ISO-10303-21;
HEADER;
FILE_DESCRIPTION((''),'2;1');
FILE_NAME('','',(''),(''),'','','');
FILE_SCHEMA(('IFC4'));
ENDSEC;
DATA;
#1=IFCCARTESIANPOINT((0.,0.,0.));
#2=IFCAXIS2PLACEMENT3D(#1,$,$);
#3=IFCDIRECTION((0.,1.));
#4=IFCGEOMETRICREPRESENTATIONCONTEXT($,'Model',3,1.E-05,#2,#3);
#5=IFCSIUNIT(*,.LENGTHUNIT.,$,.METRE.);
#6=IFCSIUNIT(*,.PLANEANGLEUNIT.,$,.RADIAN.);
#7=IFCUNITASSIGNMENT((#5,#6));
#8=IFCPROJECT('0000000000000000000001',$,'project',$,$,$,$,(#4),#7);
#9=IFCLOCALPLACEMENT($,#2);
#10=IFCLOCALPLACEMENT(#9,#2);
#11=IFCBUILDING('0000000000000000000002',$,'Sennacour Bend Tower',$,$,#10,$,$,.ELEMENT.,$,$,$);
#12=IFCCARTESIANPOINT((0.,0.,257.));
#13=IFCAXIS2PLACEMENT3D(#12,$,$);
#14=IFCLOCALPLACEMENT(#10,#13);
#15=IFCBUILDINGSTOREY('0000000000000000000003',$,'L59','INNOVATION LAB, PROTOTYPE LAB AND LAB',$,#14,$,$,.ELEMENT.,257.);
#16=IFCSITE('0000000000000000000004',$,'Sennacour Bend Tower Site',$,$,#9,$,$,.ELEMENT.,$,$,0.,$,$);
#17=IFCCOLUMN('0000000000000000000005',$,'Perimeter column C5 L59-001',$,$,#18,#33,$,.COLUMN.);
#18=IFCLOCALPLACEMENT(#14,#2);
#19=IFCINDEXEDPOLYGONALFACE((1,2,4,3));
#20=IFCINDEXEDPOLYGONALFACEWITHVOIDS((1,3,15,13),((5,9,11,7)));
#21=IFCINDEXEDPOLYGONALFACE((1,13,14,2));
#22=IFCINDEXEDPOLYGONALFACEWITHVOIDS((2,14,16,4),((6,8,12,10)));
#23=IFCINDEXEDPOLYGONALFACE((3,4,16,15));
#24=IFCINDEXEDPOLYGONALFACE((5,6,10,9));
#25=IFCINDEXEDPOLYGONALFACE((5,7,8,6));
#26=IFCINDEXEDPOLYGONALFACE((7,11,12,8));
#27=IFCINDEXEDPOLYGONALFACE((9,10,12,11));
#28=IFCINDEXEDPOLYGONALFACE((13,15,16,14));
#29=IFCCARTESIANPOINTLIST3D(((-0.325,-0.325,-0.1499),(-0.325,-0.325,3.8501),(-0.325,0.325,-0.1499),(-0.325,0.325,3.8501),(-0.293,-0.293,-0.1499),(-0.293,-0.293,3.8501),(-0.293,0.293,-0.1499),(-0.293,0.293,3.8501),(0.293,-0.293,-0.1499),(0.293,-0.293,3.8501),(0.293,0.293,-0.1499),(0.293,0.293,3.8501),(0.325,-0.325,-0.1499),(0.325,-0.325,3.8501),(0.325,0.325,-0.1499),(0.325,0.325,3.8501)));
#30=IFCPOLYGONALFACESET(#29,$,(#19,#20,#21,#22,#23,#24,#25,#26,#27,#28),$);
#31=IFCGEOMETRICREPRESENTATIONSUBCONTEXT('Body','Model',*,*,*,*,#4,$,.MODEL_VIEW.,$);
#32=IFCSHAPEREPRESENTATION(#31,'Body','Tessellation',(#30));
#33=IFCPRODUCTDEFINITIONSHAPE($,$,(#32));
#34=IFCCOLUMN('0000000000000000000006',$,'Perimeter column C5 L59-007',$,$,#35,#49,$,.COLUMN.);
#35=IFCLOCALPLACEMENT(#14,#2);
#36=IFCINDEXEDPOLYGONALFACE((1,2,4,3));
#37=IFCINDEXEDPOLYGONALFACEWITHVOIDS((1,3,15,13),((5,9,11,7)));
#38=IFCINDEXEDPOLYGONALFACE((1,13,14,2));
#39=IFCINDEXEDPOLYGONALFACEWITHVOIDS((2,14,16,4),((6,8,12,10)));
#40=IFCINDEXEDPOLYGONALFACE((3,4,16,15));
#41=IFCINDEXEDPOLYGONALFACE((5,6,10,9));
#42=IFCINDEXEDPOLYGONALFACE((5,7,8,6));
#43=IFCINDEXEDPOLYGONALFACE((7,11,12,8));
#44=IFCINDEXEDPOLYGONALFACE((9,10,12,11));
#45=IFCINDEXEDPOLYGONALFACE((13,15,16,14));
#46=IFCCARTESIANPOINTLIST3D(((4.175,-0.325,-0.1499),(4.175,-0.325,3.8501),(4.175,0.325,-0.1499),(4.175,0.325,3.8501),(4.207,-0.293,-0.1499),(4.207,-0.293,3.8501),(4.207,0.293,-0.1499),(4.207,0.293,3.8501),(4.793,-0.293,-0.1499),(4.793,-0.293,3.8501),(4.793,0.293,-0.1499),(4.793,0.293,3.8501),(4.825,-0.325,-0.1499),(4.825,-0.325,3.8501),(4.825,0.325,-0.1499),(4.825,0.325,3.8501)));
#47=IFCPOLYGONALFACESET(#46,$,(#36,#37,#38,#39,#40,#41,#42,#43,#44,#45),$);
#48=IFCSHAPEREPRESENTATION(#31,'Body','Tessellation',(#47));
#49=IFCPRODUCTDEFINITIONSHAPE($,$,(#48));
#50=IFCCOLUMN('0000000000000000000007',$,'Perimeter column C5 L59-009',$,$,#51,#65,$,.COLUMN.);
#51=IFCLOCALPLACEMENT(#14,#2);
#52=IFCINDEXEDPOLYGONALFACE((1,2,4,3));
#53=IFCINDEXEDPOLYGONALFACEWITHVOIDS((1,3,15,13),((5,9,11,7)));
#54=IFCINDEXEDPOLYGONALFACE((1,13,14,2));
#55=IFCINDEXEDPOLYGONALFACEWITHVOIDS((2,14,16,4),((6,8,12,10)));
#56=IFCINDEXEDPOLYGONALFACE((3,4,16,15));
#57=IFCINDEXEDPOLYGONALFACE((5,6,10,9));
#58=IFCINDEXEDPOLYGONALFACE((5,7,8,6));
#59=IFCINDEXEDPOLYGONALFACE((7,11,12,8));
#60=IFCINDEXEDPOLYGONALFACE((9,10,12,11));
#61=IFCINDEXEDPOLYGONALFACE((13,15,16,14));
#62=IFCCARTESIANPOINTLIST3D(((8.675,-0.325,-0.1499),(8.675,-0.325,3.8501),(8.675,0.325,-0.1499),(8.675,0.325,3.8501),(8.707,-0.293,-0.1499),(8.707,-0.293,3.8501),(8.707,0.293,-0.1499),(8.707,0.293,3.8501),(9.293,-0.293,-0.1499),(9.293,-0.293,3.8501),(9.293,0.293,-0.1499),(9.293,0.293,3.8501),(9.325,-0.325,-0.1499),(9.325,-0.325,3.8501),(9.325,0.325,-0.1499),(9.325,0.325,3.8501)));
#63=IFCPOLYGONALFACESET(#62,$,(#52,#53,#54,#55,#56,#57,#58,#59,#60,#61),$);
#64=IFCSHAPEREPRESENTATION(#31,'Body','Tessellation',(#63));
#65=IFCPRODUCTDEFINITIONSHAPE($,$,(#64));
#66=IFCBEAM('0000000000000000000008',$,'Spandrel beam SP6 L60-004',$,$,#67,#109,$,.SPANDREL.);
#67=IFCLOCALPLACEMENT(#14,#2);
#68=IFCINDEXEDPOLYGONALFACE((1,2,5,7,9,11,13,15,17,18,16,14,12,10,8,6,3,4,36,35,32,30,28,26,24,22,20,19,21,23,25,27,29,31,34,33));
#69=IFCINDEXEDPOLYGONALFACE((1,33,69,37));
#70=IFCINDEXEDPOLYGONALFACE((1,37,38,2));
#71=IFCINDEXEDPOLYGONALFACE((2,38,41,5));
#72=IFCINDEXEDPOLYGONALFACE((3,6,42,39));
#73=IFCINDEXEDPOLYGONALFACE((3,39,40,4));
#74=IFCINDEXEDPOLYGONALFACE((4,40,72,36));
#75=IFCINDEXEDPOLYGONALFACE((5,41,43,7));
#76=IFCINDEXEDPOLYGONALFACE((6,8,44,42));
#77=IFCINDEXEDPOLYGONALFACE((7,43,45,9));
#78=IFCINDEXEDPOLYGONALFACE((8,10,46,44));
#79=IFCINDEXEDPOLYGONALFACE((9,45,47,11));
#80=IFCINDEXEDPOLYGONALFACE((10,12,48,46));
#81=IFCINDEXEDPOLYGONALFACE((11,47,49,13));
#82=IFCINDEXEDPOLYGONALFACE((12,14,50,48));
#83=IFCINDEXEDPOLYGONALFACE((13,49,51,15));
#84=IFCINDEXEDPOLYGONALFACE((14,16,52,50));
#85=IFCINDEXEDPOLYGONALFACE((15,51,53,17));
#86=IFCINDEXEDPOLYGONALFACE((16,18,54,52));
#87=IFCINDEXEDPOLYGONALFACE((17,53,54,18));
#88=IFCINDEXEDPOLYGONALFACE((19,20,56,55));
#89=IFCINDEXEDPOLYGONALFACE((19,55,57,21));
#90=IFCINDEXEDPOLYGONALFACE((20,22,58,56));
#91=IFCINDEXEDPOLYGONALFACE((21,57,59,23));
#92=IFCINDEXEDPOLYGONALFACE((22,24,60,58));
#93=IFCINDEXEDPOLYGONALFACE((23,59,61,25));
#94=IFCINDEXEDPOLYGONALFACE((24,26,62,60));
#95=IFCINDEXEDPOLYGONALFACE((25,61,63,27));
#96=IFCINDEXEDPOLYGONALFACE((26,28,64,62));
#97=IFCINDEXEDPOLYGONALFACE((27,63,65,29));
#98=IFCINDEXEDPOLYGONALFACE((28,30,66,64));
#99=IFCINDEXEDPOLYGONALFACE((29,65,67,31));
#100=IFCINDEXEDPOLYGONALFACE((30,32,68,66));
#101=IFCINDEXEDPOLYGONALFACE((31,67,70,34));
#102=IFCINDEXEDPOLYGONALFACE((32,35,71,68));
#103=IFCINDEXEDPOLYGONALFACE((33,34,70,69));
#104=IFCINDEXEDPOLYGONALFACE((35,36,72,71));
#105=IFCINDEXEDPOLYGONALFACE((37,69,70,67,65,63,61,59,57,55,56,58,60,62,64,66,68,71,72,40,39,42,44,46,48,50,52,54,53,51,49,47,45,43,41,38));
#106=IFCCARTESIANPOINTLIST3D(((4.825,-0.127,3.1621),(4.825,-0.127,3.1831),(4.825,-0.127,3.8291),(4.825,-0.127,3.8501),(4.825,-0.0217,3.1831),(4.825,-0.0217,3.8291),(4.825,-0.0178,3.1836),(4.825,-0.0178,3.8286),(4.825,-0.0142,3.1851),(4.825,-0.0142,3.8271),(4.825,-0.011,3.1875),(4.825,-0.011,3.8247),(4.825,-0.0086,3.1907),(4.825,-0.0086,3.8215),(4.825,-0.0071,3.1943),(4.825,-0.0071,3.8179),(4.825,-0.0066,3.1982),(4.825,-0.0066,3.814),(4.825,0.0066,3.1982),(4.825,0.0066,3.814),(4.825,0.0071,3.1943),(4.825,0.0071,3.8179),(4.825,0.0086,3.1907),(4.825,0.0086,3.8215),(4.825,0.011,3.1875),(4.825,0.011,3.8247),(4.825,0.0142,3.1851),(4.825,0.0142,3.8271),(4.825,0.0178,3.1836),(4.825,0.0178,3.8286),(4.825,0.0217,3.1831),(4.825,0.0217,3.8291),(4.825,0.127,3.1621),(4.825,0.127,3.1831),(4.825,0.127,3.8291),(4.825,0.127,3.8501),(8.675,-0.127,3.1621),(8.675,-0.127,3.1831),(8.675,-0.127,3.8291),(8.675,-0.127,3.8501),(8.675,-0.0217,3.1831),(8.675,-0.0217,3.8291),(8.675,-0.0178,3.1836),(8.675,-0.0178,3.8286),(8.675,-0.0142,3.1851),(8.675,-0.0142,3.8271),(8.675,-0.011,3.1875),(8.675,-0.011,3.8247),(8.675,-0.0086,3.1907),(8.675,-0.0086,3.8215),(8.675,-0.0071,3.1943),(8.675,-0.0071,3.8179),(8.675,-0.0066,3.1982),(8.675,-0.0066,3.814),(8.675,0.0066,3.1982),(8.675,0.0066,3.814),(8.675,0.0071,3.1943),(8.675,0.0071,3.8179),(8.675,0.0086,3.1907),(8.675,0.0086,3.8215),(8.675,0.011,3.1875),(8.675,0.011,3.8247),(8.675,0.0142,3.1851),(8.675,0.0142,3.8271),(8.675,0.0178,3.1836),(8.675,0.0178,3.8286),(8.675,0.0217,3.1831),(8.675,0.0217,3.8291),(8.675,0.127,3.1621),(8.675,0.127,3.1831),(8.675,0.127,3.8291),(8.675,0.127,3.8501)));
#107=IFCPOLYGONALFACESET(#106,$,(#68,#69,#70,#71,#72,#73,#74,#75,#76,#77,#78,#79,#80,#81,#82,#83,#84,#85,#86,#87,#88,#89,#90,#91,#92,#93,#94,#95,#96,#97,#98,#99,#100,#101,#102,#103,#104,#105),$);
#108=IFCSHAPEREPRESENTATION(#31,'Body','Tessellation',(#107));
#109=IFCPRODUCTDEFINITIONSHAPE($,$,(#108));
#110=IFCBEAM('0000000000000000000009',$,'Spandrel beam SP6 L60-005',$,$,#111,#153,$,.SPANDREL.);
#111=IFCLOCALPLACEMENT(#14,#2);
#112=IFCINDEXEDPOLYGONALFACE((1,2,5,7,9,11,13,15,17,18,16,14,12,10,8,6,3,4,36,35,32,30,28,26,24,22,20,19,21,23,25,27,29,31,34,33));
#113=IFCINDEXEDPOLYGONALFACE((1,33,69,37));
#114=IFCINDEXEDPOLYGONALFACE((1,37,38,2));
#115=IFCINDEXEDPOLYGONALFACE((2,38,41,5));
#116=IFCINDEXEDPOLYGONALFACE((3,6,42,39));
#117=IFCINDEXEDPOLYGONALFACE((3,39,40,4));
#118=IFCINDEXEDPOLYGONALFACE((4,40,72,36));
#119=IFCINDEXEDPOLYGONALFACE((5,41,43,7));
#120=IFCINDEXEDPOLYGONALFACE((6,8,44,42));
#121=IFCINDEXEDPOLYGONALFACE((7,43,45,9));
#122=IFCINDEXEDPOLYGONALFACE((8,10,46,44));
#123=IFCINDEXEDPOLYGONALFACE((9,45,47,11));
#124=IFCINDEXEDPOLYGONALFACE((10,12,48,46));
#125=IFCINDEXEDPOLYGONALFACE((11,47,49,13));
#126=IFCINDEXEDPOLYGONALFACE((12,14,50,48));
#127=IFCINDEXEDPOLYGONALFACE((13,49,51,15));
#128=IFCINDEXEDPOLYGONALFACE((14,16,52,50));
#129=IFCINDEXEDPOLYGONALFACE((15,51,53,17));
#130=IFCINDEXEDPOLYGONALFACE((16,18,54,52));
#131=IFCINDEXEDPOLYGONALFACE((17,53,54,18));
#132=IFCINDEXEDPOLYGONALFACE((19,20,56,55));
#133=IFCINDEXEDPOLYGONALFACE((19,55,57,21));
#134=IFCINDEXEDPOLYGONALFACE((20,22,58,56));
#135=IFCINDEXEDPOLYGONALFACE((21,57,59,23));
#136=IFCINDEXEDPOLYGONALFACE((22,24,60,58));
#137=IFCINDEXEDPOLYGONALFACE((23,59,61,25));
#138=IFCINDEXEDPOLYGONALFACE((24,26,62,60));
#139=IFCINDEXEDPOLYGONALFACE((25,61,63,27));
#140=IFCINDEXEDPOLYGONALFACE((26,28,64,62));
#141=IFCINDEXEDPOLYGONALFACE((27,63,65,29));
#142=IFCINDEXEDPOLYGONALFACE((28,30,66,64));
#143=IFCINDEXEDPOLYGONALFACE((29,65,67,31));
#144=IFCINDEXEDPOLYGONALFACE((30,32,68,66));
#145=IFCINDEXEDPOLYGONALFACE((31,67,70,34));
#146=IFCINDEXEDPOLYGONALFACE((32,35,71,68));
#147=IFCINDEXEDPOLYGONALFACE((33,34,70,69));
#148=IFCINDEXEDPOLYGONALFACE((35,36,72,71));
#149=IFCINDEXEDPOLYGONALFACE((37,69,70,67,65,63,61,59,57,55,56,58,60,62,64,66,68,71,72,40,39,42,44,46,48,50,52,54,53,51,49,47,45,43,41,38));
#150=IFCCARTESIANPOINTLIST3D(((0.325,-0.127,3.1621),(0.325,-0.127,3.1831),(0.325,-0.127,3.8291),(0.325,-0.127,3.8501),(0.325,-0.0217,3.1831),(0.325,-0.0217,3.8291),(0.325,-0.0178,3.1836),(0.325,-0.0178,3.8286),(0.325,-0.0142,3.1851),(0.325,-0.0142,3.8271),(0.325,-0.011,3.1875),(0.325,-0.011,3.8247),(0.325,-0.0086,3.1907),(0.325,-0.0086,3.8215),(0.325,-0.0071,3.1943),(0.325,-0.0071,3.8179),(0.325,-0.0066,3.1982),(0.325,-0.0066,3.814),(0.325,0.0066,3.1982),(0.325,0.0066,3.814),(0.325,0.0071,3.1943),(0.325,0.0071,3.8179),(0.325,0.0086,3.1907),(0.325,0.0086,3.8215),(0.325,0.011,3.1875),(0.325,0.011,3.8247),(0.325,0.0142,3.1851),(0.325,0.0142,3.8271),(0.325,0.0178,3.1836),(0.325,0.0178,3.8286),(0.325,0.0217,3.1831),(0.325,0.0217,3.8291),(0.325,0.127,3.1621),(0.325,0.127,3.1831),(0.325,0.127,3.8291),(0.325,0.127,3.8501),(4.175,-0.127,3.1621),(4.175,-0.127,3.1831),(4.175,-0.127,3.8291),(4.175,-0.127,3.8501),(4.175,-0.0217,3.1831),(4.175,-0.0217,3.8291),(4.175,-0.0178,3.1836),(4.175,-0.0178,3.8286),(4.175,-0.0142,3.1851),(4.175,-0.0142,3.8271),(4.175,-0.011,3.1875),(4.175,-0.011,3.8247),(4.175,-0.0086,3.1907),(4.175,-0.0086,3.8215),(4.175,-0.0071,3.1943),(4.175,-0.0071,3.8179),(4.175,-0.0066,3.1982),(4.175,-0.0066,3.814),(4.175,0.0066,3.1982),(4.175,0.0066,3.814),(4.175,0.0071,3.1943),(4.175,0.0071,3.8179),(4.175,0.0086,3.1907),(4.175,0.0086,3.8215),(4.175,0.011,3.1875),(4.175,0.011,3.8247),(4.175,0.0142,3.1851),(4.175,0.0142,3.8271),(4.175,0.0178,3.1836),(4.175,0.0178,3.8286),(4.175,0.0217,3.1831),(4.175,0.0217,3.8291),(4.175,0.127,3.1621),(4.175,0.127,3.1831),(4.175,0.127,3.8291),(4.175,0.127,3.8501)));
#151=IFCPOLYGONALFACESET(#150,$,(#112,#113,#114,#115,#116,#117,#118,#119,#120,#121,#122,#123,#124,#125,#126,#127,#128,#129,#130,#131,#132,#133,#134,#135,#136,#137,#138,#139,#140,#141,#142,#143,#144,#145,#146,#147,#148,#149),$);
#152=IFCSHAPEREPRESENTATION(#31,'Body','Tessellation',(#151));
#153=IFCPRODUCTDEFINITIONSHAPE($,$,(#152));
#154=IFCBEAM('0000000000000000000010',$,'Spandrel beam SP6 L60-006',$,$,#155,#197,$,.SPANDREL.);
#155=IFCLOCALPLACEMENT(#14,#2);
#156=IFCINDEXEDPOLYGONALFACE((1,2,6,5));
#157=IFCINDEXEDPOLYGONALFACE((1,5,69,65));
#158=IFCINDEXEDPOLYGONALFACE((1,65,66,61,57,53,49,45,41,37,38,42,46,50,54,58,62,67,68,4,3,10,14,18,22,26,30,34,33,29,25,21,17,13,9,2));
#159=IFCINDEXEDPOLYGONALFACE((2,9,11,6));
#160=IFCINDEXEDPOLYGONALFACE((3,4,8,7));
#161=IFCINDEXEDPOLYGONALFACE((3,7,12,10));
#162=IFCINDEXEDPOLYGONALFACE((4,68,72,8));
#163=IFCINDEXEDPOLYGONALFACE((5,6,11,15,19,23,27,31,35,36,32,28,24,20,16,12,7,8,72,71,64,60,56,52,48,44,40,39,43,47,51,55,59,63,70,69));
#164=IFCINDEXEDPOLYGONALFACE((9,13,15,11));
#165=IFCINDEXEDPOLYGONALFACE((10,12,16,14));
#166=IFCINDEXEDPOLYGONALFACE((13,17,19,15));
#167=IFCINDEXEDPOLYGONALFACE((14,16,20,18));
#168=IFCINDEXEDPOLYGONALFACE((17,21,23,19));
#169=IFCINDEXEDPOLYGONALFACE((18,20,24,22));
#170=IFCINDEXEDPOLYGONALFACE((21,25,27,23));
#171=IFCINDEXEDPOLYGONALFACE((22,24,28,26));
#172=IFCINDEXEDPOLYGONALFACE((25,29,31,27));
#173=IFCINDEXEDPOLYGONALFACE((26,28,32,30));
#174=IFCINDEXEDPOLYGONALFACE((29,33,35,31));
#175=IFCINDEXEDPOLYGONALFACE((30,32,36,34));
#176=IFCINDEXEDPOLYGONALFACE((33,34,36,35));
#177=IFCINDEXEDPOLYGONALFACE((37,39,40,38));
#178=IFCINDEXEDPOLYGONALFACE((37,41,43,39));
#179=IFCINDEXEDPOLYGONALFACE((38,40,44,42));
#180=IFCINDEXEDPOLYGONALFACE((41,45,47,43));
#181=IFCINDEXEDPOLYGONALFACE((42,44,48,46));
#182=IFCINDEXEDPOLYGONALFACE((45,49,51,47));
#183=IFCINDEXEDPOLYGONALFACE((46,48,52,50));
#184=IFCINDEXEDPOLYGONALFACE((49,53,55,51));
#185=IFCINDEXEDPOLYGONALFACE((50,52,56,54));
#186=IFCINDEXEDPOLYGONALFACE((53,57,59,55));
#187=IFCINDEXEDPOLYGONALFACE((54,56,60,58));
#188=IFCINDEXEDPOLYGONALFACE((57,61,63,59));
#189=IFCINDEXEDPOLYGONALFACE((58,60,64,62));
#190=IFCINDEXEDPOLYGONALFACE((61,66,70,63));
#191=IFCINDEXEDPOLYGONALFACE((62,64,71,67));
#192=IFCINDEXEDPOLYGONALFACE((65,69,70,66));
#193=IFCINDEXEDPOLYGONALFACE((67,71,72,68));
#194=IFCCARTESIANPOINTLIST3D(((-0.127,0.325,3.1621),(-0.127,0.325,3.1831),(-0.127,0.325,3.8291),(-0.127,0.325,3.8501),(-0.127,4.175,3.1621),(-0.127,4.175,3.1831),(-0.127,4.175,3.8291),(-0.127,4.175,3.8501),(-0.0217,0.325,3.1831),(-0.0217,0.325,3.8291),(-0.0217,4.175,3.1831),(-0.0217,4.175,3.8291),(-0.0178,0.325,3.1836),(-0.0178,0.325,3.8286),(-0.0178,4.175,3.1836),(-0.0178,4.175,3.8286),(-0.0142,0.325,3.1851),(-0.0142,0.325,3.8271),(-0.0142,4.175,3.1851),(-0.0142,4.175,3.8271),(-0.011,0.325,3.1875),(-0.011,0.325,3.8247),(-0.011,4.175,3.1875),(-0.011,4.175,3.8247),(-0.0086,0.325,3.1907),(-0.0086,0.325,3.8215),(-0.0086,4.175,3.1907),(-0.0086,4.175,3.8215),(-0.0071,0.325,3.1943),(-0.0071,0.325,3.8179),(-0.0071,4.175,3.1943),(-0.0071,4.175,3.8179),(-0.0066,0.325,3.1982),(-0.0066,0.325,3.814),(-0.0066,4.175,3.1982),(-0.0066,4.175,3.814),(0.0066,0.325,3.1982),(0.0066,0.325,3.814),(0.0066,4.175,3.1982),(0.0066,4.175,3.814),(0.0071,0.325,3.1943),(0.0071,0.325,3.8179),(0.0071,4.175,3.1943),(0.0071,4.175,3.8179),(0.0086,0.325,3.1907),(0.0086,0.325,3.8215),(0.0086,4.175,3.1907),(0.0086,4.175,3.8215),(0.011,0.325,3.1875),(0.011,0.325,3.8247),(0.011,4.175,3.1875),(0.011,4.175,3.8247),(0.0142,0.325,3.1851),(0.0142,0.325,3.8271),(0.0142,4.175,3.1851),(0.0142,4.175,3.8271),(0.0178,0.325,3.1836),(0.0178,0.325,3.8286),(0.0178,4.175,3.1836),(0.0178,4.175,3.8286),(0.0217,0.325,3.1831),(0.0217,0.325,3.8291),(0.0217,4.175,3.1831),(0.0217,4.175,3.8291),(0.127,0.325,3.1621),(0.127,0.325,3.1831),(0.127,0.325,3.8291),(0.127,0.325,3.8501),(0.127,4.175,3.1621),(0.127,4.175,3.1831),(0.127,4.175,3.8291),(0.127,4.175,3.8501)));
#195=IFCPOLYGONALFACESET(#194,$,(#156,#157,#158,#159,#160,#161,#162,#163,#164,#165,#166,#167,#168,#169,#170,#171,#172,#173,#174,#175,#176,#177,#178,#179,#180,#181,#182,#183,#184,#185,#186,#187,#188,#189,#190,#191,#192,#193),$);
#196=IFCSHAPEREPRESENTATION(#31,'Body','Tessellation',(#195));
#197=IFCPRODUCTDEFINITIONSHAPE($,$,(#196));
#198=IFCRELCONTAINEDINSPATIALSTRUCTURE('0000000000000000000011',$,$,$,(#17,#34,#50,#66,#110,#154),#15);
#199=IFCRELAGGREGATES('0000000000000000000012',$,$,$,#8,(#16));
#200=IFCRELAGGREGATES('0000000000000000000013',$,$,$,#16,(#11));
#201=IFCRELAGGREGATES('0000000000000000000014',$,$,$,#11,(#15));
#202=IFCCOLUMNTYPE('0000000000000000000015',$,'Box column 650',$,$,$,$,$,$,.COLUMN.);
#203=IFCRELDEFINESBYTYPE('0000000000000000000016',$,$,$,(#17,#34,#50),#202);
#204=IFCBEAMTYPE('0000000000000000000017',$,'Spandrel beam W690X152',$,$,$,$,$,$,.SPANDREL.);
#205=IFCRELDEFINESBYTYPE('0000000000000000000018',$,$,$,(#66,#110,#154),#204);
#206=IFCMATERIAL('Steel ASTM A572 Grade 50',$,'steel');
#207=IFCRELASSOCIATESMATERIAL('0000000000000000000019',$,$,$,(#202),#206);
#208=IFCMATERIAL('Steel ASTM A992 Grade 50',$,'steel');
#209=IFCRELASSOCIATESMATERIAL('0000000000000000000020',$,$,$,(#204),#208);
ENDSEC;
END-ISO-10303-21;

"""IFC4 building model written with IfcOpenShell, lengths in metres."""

from ifc_helpers import new_model, si_unit, direction, frame, origin, origin_2d, place, context, subcontext, project, spatial, hollow_rectangle, i_section, extrude, material, material_profile, profile_set, type_object, element, save


model = new_model("IFC4")

# Units and contexts
model_context = context("Model", 3, precision=1e-05, world=origin(), true_north=direction((0.0, 1.0)))
body_context = subcontext(model_context, "Body", "Model", "MODEL_VIEW")
ifc_project = project(units=[si_unit("LENGTHUNIT", "METRE"), si_unit("PLANEANGLEUNIT", "RADIAN")], contexts=[model_context])

# Site, building, storey
site_placement = place(None, origin())
site = spatial("IfcSite", under=ifc_project, at=site_placement, Name="Sennacour Bend Tower Site", CompositionType="ELEMENT", RefElevation=0.0)
building_placement = place(site_placement, origin())
building = spatial("IfcBuilding", under=site, at=building_placement, Name="Sennacour Bend Tower", CompositionType="ELEMENT")
storey_placement = place(building_placement, frame((0.0, 0.0, 257.0)))
storey = spatial("IfcBuildingStorey", under=building, at=storey_placement, Name="L59", Description="INNOVATION LAB, PROTOTYPE LAB AND LAB", CompositionType="ELEMENT", Elevation=257.0)

# Columns
ifc_material_1 = material(Name="Steel ASTM A572 Grade 50", Category="steel")
ifc_material_profile_1 = material_profile(ifc_material_1, hollow_rectangle(XDim=0.6499, YDim=0.6499, WallThickness=0.032, at=origin_2d()), Name="Steel ASTM A572 Grade 50", Category="steel")
ifc_profile_set_1 = profile_set([ifc_material_profile_1], Name="Steel ASTM A572 Grade 50")
column_type = type_object("IfcColumnType", Name="Box column 650", PredefinedType="COLUMN", material=ifc_profile_set_1)
for number, where, z_axis, x_axis, name in (
    (1, (0.0, 0.0, -0.1499), (0.0, 0.0, 1.0), (1.0, 0.0, 0.0), "Perimeter column C5 L59-001"),
    (2, (4.5, 0.0, -0.1499), (0.0, 0.0, 1.0), (1.0, 0.0, 0.0), "Perimeter column C5 L59-007"),
    (3, (9.0, 0.0, -0.1499), (0.0, 0.0, 1.0), (1.0, 0.0, 0.0), "Perimeter column C5 L59-009"),
):
    element("IfcColumn", number, at=place(storey_placement, frame(where, z_axis=z_axis, x_axis=x_axis)), inside=storey, type_object=column_type, Name=name, PredefinedType="COLUMN", context=body_context, shape_type="SweptSolid", body=[
        extrude(hollow_rectangle(XDim=0.6499, YDim=0.6499, WallThickness=0.032, at=origin_2d()), origin(), (0.0, 0.0, 1.0), 4.0),
    ])

# Beams
ifc_material_2 = material(Name="Steel ASTM A992 Grade 50", Category="steel")
ifc_material_profile_2 = material_profile(ifc_material_2, i_section(OverallWidth=0.2539, OverallDepth=0.688, WebThickness=0.0132, FlangeThickness=0.021, FilletRadius=0.0151, at=origin_2d()), Name="Steel ASTM A992 Grade 50", Category="steel")
ifc_profile_set_2 = profile_set([ifc_material_profile_2], Name="Steel ASTM A992 Grade 50")
beam_type = type_object("IfcBeamType", Name="Spandrel beam W690X152", PredefinedType="SPANDREL", material=ifc_profile_set_2)
for number, where, z_axis, x_axis, name in (
    (4, (8.675, 0.0, 3.5061), (-1.0, 0.0, 0.0), (0.0, -1.0, 0.0), "Spandrel beam SP6 L60-004"),
    (5, (4.175, 0.0, 3.5061), (-1.0, 0.0, 0.0), (0.0, -1.0, 0.0), "Spandrel beam SP6 L60-005"),
    (6, (0.0, 0.325, 3.5061), (0.0, 1.0, 0.0), (-1.0, 0.0, 0.0), "Spandrel beam SP6 L60-006"),
):
    element("IfcBeam", number, at=place(storey_placement, frame(where, z_axis=z_axis, x_axis=x_axis)), inside=storey, type_object=beam_type, Name=name, PredefinedType="SPANDREL", context=body_context, shape_type="SweptSolid", body=[
        extrude(i_section(OverallWidth=0.2539, OverallDepth=0.688, WebThickness=0.0132, FlangeThickness=0.021, FilletRadius=0.0151, at=origin_2d()), origin(), (0.0, 0.0, 1.0), 3.8501),
    ])

save(model, "model.ifc")
